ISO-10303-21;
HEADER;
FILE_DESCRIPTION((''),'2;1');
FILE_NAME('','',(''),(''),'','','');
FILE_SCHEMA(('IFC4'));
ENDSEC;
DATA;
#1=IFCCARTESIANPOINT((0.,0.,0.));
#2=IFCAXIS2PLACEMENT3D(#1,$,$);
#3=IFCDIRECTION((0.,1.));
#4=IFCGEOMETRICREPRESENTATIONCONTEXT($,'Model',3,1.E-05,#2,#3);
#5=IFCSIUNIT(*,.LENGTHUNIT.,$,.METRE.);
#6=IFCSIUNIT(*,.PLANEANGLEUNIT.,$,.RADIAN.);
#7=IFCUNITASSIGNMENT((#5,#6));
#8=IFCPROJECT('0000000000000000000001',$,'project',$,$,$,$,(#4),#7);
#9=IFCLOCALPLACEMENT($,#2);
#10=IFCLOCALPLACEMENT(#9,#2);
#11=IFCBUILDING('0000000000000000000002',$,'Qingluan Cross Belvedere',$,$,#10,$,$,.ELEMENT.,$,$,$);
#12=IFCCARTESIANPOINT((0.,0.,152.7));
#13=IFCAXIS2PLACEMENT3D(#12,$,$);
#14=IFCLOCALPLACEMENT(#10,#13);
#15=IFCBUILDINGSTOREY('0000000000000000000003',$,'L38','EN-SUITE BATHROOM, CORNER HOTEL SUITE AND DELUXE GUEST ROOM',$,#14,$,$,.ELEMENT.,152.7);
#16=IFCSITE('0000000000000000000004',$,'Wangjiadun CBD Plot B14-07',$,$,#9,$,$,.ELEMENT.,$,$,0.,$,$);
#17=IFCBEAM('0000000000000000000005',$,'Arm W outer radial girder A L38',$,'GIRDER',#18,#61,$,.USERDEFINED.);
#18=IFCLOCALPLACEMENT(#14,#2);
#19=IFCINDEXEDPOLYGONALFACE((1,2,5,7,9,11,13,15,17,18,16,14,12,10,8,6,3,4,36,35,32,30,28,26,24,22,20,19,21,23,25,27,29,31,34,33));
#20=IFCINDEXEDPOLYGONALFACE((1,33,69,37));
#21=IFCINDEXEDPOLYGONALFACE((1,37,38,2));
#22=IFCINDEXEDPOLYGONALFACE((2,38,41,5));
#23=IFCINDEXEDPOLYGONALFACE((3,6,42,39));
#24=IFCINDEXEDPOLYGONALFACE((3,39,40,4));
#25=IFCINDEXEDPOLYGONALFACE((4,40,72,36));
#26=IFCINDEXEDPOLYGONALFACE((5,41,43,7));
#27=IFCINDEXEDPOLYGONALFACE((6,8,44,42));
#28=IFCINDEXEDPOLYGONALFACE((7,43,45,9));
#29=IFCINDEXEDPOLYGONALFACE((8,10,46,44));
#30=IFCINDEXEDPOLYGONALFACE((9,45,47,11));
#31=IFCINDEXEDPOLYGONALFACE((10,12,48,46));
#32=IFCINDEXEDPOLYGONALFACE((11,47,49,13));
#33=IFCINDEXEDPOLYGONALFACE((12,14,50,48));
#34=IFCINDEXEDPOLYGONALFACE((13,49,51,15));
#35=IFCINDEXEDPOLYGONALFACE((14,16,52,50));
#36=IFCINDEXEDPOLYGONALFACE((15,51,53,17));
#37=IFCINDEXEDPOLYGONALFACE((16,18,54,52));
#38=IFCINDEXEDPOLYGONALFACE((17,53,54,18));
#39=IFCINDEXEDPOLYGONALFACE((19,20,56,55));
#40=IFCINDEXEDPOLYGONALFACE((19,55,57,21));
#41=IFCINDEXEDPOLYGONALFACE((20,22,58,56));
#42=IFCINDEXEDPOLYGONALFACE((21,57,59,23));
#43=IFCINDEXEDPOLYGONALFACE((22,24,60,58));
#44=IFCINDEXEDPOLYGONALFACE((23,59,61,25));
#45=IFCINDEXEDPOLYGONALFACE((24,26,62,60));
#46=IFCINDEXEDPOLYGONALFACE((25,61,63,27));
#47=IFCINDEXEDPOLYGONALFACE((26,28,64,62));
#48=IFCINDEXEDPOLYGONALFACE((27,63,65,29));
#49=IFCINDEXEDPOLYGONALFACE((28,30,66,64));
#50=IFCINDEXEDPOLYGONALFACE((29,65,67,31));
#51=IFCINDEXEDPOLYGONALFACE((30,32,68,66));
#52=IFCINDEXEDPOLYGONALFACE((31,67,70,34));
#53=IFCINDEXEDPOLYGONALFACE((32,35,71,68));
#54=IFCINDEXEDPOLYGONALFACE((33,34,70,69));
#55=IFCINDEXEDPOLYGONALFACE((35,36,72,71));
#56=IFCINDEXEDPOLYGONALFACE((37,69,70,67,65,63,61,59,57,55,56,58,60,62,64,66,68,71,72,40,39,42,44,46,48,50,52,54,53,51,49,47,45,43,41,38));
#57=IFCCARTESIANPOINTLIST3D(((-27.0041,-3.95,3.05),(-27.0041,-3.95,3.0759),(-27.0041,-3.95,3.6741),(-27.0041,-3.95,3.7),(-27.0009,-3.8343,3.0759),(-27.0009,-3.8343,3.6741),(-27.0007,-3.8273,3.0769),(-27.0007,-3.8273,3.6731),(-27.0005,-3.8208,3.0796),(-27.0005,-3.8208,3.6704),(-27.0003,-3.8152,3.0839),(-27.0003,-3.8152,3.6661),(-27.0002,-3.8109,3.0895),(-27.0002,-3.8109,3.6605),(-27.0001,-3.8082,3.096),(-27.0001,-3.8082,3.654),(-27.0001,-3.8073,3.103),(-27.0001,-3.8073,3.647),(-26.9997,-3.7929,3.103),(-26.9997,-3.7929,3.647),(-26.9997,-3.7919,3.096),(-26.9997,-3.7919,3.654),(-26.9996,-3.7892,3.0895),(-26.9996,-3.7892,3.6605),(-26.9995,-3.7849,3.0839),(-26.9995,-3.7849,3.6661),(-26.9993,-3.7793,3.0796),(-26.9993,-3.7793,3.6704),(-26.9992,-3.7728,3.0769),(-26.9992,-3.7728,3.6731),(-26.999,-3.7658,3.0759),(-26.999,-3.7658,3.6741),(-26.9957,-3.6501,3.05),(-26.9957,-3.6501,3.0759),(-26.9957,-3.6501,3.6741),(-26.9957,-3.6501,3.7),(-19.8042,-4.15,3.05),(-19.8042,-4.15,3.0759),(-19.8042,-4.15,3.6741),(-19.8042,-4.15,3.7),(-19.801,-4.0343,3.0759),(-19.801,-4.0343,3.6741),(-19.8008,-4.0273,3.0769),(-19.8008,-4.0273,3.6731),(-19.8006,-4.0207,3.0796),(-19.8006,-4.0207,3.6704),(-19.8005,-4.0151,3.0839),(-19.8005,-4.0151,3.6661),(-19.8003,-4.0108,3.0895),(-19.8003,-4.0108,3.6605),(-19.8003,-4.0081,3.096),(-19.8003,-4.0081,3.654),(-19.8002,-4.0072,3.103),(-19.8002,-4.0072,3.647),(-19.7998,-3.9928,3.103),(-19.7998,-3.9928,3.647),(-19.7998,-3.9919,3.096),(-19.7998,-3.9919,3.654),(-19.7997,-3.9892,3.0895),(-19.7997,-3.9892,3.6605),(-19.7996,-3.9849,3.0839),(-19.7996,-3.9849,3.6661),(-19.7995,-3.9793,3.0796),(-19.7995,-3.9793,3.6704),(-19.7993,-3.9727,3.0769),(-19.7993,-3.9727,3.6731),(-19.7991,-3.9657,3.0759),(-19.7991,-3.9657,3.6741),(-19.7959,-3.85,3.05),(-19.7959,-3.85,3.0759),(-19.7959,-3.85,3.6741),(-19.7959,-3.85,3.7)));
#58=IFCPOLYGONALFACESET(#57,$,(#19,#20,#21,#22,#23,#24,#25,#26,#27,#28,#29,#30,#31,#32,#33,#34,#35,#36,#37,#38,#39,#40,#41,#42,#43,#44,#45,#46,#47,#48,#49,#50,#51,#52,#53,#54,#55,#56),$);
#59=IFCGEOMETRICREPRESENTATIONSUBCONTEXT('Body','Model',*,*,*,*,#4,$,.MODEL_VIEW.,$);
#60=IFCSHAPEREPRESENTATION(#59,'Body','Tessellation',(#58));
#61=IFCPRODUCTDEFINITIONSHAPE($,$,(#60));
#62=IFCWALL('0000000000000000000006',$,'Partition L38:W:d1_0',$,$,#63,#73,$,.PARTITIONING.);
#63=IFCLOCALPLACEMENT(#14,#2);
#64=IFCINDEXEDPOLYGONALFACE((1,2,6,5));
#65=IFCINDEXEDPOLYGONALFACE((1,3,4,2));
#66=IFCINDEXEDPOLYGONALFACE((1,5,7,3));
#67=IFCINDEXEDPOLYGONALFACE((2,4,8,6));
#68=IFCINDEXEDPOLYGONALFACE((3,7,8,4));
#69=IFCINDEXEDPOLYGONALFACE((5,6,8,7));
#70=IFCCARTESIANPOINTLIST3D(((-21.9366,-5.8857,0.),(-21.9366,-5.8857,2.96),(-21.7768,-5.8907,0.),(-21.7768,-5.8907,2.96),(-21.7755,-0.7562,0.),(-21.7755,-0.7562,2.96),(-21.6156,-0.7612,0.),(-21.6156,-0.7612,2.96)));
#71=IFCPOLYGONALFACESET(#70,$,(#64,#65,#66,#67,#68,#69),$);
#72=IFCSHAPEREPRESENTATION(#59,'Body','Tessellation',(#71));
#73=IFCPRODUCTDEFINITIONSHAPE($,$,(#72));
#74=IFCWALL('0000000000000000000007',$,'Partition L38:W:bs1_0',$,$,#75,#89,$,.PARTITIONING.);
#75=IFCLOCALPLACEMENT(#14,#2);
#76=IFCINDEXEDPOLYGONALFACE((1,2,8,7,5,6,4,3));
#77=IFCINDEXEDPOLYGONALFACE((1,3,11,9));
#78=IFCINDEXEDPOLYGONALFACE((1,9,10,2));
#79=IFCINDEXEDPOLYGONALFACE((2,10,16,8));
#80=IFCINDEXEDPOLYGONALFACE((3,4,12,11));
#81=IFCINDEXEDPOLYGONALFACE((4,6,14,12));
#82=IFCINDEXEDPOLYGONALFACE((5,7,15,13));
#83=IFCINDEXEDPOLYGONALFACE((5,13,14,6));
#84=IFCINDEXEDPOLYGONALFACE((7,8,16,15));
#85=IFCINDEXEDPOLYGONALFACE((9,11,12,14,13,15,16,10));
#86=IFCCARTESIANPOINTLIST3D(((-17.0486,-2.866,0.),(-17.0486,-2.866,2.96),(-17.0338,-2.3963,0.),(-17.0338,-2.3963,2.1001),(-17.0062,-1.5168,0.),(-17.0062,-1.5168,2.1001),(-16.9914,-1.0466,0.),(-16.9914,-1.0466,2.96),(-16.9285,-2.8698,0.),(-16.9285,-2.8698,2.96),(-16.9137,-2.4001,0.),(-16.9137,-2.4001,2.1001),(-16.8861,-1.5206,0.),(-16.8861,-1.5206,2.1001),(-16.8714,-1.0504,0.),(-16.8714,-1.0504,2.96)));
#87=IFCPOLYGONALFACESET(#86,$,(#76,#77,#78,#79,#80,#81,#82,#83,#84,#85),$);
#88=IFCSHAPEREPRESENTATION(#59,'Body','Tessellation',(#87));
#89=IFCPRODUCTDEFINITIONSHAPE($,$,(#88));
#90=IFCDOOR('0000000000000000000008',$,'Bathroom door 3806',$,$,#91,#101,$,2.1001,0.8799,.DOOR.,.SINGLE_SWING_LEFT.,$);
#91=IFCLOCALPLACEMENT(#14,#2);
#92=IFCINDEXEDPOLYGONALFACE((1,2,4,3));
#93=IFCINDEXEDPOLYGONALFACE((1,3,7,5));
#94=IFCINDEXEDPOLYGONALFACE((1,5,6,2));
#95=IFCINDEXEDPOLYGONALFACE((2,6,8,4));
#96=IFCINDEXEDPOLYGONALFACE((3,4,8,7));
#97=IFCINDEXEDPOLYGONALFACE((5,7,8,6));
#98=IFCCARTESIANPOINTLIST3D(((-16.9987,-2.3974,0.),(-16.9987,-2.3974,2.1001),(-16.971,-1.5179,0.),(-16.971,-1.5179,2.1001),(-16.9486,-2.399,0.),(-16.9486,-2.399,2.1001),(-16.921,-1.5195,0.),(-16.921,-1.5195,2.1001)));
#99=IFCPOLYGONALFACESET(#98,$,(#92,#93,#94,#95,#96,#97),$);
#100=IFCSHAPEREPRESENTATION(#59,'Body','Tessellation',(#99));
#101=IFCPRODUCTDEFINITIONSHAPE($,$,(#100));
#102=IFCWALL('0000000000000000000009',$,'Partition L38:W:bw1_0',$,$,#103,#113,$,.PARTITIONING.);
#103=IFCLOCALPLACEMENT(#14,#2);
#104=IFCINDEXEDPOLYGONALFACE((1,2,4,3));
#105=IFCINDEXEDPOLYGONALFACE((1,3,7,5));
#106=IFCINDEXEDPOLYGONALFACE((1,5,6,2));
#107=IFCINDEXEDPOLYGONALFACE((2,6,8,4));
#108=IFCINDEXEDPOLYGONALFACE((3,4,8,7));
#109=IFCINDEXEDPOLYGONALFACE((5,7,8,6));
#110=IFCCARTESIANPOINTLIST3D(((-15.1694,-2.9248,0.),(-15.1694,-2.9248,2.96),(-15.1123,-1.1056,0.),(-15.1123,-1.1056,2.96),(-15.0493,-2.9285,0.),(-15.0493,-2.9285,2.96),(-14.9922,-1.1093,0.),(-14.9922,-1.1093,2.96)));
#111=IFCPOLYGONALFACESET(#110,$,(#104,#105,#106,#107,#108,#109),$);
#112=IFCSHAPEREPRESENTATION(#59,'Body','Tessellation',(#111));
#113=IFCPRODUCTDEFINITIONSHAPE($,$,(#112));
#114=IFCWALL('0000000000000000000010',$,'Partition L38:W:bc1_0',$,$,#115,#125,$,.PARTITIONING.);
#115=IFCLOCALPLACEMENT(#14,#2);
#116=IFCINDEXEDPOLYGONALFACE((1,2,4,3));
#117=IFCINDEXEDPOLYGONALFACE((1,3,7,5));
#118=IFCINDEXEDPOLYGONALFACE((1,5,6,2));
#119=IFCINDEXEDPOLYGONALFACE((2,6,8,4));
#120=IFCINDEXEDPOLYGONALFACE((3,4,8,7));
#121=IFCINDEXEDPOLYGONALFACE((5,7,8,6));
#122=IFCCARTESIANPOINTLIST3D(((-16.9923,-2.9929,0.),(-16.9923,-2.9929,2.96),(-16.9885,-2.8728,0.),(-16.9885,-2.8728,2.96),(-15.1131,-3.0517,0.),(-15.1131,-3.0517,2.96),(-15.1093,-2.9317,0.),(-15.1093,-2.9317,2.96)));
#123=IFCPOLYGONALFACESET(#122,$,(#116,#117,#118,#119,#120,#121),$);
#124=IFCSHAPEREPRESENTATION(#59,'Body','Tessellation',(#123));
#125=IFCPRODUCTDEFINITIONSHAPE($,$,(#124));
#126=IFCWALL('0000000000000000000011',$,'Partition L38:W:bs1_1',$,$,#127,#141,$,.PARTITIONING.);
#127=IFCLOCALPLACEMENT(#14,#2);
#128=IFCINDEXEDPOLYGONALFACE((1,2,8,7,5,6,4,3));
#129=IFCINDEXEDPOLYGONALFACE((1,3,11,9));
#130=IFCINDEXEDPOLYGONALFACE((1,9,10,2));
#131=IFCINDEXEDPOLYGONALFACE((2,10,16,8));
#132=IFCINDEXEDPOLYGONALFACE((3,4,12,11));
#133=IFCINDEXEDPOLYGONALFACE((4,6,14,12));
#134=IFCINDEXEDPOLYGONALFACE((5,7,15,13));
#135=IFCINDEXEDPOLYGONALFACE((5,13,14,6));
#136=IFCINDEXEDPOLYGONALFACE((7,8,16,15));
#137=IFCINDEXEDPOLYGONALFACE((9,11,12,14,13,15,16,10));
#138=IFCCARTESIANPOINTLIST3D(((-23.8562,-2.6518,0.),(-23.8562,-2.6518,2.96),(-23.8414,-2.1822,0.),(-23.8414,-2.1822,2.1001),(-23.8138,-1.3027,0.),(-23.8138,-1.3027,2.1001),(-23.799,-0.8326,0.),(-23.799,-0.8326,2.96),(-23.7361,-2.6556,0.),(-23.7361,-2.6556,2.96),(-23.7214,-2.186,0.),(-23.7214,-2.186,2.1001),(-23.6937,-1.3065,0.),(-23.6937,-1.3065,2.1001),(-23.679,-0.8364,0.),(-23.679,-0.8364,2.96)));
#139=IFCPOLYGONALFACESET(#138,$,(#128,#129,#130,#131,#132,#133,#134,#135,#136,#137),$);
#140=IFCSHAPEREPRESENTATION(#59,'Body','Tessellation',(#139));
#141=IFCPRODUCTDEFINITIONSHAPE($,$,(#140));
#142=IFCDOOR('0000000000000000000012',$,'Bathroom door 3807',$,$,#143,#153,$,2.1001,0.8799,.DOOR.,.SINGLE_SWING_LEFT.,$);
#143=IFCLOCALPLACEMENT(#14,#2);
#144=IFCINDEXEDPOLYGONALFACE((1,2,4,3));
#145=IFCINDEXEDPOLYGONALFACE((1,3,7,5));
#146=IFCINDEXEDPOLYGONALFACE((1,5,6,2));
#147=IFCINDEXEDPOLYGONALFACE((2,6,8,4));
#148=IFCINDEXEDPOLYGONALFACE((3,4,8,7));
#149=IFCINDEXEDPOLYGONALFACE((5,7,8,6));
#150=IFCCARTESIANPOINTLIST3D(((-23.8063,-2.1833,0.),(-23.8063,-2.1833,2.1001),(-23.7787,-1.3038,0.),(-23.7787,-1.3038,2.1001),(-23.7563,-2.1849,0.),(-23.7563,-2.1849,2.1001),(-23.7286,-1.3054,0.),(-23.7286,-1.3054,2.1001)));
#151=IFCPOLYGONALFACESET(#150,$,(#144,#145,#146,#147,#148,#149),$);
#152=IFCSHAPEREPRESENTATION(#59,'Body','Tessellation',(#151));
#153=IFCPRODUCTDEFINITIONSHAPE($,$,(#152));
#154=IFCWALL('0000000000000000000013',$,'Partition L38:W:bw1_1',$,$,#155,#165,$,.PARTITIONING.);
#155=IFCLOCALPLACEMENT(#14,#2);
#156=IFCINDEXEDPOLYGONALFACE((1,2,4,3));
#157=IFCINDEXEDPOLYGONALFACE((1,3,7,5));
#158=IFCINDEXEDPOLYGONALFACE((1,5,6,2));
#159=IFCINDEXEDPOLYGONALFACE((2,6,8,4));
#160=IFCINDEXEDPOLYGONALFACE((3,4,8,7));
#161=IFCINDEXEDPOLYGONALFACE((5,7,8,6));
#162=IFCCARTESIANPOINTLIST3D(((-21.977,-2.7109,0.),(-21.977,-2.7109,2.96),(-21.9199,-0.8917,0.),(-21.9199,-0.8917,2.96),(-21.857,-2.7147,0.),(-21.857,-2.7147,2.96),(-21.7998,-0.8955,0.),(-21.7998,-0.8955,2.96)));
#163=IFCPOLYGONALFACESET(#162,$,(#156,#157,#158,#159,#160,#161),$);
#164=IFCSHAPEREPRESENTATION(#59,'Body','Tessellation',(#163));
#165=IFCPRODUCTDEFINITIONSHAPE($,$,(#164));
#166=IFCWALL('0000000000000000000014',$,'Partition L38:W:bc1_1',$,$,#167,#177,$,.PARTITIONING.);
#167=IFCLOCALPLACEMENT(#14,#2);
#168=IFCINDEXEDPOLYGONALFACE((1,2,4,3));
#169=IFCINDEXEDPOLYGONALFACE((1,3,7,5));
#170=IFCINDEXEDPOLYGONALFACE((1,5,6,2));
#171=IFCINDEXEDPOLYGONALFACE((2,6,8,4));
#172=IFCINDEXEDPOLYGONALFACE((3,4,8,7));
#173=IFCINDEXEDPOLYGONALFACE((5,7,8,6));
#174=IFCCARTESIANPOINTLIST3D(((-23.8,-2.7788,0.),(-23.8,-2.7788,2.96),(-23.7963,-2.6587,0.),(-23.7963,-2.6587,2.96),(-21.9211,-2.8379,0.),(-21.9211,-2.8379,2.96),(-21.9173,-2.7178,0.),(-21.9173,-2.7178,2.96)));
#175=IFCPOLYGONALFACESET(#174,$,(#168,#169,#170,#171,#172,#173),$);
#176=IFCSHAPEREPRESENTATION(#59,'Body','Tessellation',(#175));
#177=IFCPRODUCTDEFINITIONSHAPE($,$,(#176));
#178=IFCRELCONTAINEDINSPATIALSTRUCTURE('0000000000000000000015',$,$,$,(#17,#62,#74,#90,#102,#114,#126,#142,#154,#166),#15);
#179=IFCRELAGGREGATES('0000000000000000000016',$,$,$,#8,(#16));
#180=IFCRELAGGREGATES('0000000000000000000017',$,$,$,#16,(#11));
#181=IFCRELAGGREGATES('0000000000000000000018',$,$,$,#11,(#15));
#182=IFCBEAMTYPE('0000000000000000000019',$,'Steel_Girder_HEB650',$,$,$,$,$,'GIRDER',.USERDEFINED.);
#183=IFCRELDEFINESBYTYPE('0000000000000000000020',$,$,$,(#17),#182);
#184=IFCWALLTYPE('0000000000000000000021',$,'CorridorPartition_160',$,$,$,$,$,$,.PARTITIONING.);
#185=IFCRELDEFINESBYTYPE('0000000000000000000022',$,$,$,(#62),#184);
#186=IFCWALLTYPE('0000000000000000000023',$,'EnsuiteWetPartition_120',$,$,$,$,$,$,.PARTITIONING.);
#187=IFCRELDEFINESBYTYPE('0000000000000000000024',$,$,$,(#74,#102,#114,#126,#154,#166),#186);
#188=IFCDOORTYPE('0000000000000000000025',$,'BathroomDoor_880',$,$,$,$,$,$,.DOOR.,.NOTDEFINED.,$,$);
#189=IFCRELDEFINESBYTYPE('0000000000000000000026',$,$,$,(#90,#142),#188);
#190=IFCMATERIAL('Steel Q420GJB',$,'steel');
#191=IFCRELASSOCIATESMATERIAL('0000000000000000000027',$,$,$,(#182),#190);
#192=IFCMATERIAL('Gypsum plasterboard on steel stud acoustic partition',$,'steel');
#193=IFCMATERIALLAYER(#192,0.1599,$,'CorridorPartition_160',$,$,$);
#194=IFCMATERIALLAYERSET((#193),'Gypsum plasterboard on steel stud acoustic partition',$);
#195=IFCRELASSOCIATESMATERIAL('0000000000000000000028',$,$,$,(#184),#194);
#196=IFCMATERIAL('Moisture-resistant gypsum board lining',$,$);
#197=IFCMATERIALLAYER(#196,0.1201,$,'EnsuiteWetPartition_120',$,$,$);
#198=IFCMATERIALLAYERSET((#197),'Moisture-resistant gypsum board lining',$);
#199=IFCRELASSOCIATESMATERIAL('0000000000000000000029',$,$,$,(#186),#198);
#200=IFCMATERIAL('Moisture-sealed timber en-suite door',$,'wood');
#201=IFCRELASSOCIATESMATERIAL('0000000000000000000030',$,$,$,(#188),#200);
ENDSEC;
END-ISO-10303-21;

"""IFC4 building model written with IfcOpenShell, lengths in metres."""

from ifc_helpers import new_model, si_unit, direction, frame, frame_2d, origin, origin_2d, place, context, subcontext, project, spatial, rectangle, i_section, extrude, material, layer, layer_set, material_profile, profile_set, type_object, element, fill, save


model = new_model("IFC4")

# Units and contexts
model_context = context("Model", 3, precision=1e-05, world=origin(), true_north=direction((0.0, 1.0)))
body_context = subcontext(model_context, "Body", "Model", "MODEL_VIEW")
ifc_project = project(units=[si_unit("LENGTHUNIT", "METRE"), si_unit("PLANEANGLEUNIT", "RADIAN")], contexts=[model_context])

# Site, building, storey
site_placement = place(None, origin())
site = spatial("IfcSite", under=ifc_project, at=site_placement, Name="Wangjiadun CBD Plot B14-07", CompositionType="ELEMENT", RefElevation=0.0)
building_placement = place(site_placement, origin())
building = spatial("IfcBuilding", under=site, at=building_placement, Name="Qingluan Cross Belvedere", CompositionType="ELEMENT")
storey_placement = place(building_placement, frame((0.0, 0.0, 152.7)))
storey = spatial("IfcBuildingStorey", under=building, at=storey_placement, Name="L38", Description="EN-SUITE BATHROOM, CORNER HOTEL SUITE AND DELUXE GUEST ROOM", CompositionType="ELEMENT", Elevation=152.7)

# Beam
ifc_material_1 = material(Name="Steel Q420GJB", Category="steel")
ifc_material_profile_1 = material_profile(ifc_material_1, i_section(OverallWidth=0.3, OverallDepth=0.6499, WebThickness=0.0144, FlangeThickness=0.0259, FilletRadius=0.0271, at=origin_2d()), Name="HEB650")
ifc_profile_set_1 = profile_set([ifc_material_profile_1], Name="Steel Q420GJB")
beam_type_1 = type_object("IfcBeamType", Name="Steel_Girder_HEB650", ElementType="GIRDER", PredefinedType="USERDEFINED", material=ifc_profile_set_1)
beam_1_placement = place(storey_placement, frame((-19.8, -4.0, 3.375), z_axis=(-0.999615, 0.02776, 0.0), x_axis=(-0.02776, -0.999615, 0.0)))
element("IfcBeam", 1, at=beam_1_placement, inside=storey, type_object=beam_type_1, Name="Arm W outer radial girder A L38", ObjectType="GIRDER", PredefinedType="USERDEFINED", context=body_context, shape_type="SweptSolid", body=[
    extrude(i_section(OverallWidth=0.3, OverallDepth=0.6499, WebThickness=0.0144, FlangeThickness=0.0259, FilletRadius=0.0271, at=origin_2d()), origin(), (0.0, 0.0, 1.0), 7.2026),
])

# Wall
ifc_material_2 = material(Name="Gypsum plasterboard on steel stud acoustic partition", Category="steel")
ifc_layer_1 = layer(ifc_material_2, 0.1599, Name="CorridorPartition_160")
ifc_layer_set_1 = layer_set([ifc_layer_1], Name="Gypsum plasterboard on steel stud acoustic partition")
wall_type_1 = type_object("IfcWallType", Name="CorridorPartition_160", PredefinedType="PARTITIONING", material=ifc_layer_set_1)
wall_1_placement = place(storey_placement, frame((-21.6956, -0.7588, 0.0), z_axis=(0.0, 0.0, 1.0), x_axis=(-0.031397, -0.999507, 0.0)))
element("IfcWall", 2, at=wall_1_placement, inside=storey, type_object=wall_type_1, Name="Partition L38:W:d1_0", PredefinedType="PARTITIONING", context=body_context, shape_type="SweptSolid", body=[
    extrude(rectangle(XDim=5.1321, YDim=0.1599, at=frame_2d((2.5659, 0.0))), origin(), (0.0, 0.0, 1.0), 2.96),
])

# Wall, opening, door
ifc_material_3 = material(Name="Moisture-resistant gypsum board lining")
ifc_layer_2 = layer(ifc_material_3, 0.1201, Name="EnsuiteWetPartition_120")
ifc_layer_set_2 = layer_set([ifc_layer_2], Name="Moisture-resistant gypsum board lining")
wall_type_2 = type_object("IfcWallType", Name="EnsuiteWetPartition_120", PredefinedType="PARTITIONING", material=ifc_layer_set_2)
wall_2_placement = place(storey_placement, frame((-16.9885, -2.8679, 0.0), z_axis=(0.0, 0.0, 1.0), x_axis=(0.031385, 0.999507, 0.0)))
wall_2 = element("IfcWall", 3, at=wall_2_placement, inside=storey, type_object=wall_type_2, Name="Partition L38:W:bs1_0", PredefinedType="PARTITIONING", context=body_context, shape_type="SweptSolid", body=[
    extrude(rectangle(XDim=1.8203, YDim=0.1201, at=frame_2d((0.9102, 0.0))), origin(), (0.0, 0.0, 1.0), 2.96),
])
opening_1_placement = place(wall_2_placement, frame((0.47, 0.0, 0.0)))
opening_1 = element("IfcOpeningElement", 4, at=opening_1_placement, cuts=wall_2, PredefinedType="OPENING", context=body_context, shape_type="SweptSolid", body=[
    extrude(rectangle(XDim=0.8799, YDim=2.1001, at=frame_2d((0.4399, 1.05))), frame((0.0, 0.0701, 0.0), z_axis=(0.0, -1.0, 0.0), x_axis=(1.0, 0.0, 0.0)), (0.0, 0.0, 1.0), 0.1401),
])
ifc_material_4 = material(Name="Moisture-sealed timber en-suite door", Category="wood")
door_type = type_object("IfcDoorType", Name="BathroomDoor_880", OperationType="NOTDEFINED", PredefinedType="DOOR", material=ifc_material_4)
door_1_placement = place(opening_1_placement, origin())
door_1 = element("IfcDoor", 5, at=door_1_placement, inside=storey, type_object=door_type, Name="Bathroom door 3806", OperationType="SINGLE_SWING_LEFT", OverallHeight=2.1001, OverallWidth=0.8799, PredefinedType="DOOR", context=body_context, shape_type="SweptSolid", body=[
    extrude(rectangle(XDim=0.8799, YDim=2.1001, at=frame_2d((0.4399, 1.05))), frame((0.0, 0.0249, 0.0), z_axis=(0.0, -1.0, 0.0), x_axis=(1.0, 0.0, 0.0)), (0.0, 0.0, 1.0), 0.05),
])
fill(opening_1, door_1)

# Walls
wall_3_placement = place(storey_placement, frame((-15.1094, -2.9268, 0.0), z_axis=(0.0, 0.0, 1.0), x_axis=(0.03139, 0.999507, 0.0)))
element("IfcWall", 6, at=wall_3_placement, inside=storey, type_object=wall_type_2, Name="Partition L38:W:bw1_0", PredefinedType="PARTITIONING", context=body_context, shape_type="SweptSolid", body=[
    extrude(rectangle(XDim=1.8201, YDim=0.1201, at=frame_2d((0.9102, 0.0))), origin(), (0.0, 0.0, 1.0), 2.96),
])
wall_4_placement = place(storey_placement, frame((-15.1113, -2.9917, 0.0), z_axis=(0.0, 0.0, 1.0), x_axis=(-0.99951, 0.031296, 0.0)))
element("IfcWall", 7, at=wall_4_placement, inside=storey, type_object=wall_type_2, Name="Partition L38:W:bc1_0", PredefinedType="PARTITIONING", context=body_context, shape_type="SweptSolid", body=[
    extrude(rectangle(XDim=1.8801, YDim=0.1201, at=frame_2d((0.9399, 0.0))), origin(), (0.0, 0.0, 1.0), 2.96),
])

# Wall, opening, door
wall_5_placement = place(storey_placement, frame((-23.7961, -2.6538, 0.0), z_axis=(0.0, 0.0, 1.0), x_axis=(0.03139, 0.999507, 0.0)))
wall_5 = element("IfcWall", 8, at=wall_5_placement, inside=storey, type_object=wall_type_2, Name="Partition L38:W:bs1_1", PredefinedType="PARTITIONING", context=body_context, shape_type="SweptSolid", body=[
    extrude(rectangle(XDim=1.8201, YDim=0.1201, at=frame_2d((0.9102, 0.0))), origin(), (0.0, 0.0, 1.0), 2.96),
])
opening_2_placement = place(wall_5_placement, frame((0.47, 0.0, 0.0)))
opening_2 = element("IfcOpeningElement", 9, at=opening_2_placement, cuts=wall_5, PredefinedType="OPENING", context=body_context, shape_type="SweptSolid", body=[
    extrude(rectangle(XDim=0.8799, YDim=2.1001, at=frame_2d((0.4399, 1.05))), frame((0.0, 0.0701, 0.0), z_axis=(0.0, -1.0, 0.0), x_axis=(1.0, 0.0, 0.0)), (0.0, 0.0, 1.0), 0.1401),
])
door_2_placement = place(opening_2_placement, origin())
door_2 = element("IfcDoor", 10, at=door_2_placement, inside=storey, type_object=door_type, Name="Bathroom door 3807", OperationType="SINGLE_SWING_LEFT", OverallHeight=2.1001, OverallWidth=0.8799, PredefinedType="DOOR", context=body_context, shape_type="SweptSolid", body=[
    extrude(rectangle(XDim=0.8799, YDim=2.1001, at=frame_2d((0.4399, 1.05))), frame((0.0, 0.0249, 0.0), z_axis=(0.0, -1.0, 0.0), x_axis=(1.0, 0.0, 0.0)), (0.0, 0.0, 1.0), 0.05),
])
fill(opening_2, door_2)

# Walls
wall_6_placement = place(storey_placement, frame((-21.917, -2.7129, 0.0), z_axis=(0.0, 0.0, 1.0), x_axis=(0.03139, 0.999507, 0.0)))
element("IfcWall", 11, at=wall_6_placement, inside=storey, type_object=wall_type_2, Name="Partition L38:W:bw1_1", PredefinedType="PARTITIONING", context=body_context, shape_type="SweptSolid", body=[
    extrude(rectangle(XDim=1.8201, YDim=0.1201, at=frame_2d((0.9102, 0.0))), origin(), (0.0, 0.0, 1.0), 2.96),
])
wall_7_placement = place(storey_placement, frame((-21.9192, -2.7778, 0.0), z_axis=(0.0, 0.0, 1.0), x_axis=(-0.999506, 0.031429, 0.0)))
element("IfcWall", 12, at=wall_7_placement, inside=storey, type_object=wall_type_2, Name="Partition L38:W:bc1_1", PredefinedType="PARTITIONING", context=body_context, shape_type="SweptSolid", body=[
    extrude(rectangle(XDim=1.8799, YDim=0.1201, at=frame_2d((0.9399, 0.0))), origin(), (0.0, 0.0, 1.0), 2.96),
])

save(model, "model.ifc")
